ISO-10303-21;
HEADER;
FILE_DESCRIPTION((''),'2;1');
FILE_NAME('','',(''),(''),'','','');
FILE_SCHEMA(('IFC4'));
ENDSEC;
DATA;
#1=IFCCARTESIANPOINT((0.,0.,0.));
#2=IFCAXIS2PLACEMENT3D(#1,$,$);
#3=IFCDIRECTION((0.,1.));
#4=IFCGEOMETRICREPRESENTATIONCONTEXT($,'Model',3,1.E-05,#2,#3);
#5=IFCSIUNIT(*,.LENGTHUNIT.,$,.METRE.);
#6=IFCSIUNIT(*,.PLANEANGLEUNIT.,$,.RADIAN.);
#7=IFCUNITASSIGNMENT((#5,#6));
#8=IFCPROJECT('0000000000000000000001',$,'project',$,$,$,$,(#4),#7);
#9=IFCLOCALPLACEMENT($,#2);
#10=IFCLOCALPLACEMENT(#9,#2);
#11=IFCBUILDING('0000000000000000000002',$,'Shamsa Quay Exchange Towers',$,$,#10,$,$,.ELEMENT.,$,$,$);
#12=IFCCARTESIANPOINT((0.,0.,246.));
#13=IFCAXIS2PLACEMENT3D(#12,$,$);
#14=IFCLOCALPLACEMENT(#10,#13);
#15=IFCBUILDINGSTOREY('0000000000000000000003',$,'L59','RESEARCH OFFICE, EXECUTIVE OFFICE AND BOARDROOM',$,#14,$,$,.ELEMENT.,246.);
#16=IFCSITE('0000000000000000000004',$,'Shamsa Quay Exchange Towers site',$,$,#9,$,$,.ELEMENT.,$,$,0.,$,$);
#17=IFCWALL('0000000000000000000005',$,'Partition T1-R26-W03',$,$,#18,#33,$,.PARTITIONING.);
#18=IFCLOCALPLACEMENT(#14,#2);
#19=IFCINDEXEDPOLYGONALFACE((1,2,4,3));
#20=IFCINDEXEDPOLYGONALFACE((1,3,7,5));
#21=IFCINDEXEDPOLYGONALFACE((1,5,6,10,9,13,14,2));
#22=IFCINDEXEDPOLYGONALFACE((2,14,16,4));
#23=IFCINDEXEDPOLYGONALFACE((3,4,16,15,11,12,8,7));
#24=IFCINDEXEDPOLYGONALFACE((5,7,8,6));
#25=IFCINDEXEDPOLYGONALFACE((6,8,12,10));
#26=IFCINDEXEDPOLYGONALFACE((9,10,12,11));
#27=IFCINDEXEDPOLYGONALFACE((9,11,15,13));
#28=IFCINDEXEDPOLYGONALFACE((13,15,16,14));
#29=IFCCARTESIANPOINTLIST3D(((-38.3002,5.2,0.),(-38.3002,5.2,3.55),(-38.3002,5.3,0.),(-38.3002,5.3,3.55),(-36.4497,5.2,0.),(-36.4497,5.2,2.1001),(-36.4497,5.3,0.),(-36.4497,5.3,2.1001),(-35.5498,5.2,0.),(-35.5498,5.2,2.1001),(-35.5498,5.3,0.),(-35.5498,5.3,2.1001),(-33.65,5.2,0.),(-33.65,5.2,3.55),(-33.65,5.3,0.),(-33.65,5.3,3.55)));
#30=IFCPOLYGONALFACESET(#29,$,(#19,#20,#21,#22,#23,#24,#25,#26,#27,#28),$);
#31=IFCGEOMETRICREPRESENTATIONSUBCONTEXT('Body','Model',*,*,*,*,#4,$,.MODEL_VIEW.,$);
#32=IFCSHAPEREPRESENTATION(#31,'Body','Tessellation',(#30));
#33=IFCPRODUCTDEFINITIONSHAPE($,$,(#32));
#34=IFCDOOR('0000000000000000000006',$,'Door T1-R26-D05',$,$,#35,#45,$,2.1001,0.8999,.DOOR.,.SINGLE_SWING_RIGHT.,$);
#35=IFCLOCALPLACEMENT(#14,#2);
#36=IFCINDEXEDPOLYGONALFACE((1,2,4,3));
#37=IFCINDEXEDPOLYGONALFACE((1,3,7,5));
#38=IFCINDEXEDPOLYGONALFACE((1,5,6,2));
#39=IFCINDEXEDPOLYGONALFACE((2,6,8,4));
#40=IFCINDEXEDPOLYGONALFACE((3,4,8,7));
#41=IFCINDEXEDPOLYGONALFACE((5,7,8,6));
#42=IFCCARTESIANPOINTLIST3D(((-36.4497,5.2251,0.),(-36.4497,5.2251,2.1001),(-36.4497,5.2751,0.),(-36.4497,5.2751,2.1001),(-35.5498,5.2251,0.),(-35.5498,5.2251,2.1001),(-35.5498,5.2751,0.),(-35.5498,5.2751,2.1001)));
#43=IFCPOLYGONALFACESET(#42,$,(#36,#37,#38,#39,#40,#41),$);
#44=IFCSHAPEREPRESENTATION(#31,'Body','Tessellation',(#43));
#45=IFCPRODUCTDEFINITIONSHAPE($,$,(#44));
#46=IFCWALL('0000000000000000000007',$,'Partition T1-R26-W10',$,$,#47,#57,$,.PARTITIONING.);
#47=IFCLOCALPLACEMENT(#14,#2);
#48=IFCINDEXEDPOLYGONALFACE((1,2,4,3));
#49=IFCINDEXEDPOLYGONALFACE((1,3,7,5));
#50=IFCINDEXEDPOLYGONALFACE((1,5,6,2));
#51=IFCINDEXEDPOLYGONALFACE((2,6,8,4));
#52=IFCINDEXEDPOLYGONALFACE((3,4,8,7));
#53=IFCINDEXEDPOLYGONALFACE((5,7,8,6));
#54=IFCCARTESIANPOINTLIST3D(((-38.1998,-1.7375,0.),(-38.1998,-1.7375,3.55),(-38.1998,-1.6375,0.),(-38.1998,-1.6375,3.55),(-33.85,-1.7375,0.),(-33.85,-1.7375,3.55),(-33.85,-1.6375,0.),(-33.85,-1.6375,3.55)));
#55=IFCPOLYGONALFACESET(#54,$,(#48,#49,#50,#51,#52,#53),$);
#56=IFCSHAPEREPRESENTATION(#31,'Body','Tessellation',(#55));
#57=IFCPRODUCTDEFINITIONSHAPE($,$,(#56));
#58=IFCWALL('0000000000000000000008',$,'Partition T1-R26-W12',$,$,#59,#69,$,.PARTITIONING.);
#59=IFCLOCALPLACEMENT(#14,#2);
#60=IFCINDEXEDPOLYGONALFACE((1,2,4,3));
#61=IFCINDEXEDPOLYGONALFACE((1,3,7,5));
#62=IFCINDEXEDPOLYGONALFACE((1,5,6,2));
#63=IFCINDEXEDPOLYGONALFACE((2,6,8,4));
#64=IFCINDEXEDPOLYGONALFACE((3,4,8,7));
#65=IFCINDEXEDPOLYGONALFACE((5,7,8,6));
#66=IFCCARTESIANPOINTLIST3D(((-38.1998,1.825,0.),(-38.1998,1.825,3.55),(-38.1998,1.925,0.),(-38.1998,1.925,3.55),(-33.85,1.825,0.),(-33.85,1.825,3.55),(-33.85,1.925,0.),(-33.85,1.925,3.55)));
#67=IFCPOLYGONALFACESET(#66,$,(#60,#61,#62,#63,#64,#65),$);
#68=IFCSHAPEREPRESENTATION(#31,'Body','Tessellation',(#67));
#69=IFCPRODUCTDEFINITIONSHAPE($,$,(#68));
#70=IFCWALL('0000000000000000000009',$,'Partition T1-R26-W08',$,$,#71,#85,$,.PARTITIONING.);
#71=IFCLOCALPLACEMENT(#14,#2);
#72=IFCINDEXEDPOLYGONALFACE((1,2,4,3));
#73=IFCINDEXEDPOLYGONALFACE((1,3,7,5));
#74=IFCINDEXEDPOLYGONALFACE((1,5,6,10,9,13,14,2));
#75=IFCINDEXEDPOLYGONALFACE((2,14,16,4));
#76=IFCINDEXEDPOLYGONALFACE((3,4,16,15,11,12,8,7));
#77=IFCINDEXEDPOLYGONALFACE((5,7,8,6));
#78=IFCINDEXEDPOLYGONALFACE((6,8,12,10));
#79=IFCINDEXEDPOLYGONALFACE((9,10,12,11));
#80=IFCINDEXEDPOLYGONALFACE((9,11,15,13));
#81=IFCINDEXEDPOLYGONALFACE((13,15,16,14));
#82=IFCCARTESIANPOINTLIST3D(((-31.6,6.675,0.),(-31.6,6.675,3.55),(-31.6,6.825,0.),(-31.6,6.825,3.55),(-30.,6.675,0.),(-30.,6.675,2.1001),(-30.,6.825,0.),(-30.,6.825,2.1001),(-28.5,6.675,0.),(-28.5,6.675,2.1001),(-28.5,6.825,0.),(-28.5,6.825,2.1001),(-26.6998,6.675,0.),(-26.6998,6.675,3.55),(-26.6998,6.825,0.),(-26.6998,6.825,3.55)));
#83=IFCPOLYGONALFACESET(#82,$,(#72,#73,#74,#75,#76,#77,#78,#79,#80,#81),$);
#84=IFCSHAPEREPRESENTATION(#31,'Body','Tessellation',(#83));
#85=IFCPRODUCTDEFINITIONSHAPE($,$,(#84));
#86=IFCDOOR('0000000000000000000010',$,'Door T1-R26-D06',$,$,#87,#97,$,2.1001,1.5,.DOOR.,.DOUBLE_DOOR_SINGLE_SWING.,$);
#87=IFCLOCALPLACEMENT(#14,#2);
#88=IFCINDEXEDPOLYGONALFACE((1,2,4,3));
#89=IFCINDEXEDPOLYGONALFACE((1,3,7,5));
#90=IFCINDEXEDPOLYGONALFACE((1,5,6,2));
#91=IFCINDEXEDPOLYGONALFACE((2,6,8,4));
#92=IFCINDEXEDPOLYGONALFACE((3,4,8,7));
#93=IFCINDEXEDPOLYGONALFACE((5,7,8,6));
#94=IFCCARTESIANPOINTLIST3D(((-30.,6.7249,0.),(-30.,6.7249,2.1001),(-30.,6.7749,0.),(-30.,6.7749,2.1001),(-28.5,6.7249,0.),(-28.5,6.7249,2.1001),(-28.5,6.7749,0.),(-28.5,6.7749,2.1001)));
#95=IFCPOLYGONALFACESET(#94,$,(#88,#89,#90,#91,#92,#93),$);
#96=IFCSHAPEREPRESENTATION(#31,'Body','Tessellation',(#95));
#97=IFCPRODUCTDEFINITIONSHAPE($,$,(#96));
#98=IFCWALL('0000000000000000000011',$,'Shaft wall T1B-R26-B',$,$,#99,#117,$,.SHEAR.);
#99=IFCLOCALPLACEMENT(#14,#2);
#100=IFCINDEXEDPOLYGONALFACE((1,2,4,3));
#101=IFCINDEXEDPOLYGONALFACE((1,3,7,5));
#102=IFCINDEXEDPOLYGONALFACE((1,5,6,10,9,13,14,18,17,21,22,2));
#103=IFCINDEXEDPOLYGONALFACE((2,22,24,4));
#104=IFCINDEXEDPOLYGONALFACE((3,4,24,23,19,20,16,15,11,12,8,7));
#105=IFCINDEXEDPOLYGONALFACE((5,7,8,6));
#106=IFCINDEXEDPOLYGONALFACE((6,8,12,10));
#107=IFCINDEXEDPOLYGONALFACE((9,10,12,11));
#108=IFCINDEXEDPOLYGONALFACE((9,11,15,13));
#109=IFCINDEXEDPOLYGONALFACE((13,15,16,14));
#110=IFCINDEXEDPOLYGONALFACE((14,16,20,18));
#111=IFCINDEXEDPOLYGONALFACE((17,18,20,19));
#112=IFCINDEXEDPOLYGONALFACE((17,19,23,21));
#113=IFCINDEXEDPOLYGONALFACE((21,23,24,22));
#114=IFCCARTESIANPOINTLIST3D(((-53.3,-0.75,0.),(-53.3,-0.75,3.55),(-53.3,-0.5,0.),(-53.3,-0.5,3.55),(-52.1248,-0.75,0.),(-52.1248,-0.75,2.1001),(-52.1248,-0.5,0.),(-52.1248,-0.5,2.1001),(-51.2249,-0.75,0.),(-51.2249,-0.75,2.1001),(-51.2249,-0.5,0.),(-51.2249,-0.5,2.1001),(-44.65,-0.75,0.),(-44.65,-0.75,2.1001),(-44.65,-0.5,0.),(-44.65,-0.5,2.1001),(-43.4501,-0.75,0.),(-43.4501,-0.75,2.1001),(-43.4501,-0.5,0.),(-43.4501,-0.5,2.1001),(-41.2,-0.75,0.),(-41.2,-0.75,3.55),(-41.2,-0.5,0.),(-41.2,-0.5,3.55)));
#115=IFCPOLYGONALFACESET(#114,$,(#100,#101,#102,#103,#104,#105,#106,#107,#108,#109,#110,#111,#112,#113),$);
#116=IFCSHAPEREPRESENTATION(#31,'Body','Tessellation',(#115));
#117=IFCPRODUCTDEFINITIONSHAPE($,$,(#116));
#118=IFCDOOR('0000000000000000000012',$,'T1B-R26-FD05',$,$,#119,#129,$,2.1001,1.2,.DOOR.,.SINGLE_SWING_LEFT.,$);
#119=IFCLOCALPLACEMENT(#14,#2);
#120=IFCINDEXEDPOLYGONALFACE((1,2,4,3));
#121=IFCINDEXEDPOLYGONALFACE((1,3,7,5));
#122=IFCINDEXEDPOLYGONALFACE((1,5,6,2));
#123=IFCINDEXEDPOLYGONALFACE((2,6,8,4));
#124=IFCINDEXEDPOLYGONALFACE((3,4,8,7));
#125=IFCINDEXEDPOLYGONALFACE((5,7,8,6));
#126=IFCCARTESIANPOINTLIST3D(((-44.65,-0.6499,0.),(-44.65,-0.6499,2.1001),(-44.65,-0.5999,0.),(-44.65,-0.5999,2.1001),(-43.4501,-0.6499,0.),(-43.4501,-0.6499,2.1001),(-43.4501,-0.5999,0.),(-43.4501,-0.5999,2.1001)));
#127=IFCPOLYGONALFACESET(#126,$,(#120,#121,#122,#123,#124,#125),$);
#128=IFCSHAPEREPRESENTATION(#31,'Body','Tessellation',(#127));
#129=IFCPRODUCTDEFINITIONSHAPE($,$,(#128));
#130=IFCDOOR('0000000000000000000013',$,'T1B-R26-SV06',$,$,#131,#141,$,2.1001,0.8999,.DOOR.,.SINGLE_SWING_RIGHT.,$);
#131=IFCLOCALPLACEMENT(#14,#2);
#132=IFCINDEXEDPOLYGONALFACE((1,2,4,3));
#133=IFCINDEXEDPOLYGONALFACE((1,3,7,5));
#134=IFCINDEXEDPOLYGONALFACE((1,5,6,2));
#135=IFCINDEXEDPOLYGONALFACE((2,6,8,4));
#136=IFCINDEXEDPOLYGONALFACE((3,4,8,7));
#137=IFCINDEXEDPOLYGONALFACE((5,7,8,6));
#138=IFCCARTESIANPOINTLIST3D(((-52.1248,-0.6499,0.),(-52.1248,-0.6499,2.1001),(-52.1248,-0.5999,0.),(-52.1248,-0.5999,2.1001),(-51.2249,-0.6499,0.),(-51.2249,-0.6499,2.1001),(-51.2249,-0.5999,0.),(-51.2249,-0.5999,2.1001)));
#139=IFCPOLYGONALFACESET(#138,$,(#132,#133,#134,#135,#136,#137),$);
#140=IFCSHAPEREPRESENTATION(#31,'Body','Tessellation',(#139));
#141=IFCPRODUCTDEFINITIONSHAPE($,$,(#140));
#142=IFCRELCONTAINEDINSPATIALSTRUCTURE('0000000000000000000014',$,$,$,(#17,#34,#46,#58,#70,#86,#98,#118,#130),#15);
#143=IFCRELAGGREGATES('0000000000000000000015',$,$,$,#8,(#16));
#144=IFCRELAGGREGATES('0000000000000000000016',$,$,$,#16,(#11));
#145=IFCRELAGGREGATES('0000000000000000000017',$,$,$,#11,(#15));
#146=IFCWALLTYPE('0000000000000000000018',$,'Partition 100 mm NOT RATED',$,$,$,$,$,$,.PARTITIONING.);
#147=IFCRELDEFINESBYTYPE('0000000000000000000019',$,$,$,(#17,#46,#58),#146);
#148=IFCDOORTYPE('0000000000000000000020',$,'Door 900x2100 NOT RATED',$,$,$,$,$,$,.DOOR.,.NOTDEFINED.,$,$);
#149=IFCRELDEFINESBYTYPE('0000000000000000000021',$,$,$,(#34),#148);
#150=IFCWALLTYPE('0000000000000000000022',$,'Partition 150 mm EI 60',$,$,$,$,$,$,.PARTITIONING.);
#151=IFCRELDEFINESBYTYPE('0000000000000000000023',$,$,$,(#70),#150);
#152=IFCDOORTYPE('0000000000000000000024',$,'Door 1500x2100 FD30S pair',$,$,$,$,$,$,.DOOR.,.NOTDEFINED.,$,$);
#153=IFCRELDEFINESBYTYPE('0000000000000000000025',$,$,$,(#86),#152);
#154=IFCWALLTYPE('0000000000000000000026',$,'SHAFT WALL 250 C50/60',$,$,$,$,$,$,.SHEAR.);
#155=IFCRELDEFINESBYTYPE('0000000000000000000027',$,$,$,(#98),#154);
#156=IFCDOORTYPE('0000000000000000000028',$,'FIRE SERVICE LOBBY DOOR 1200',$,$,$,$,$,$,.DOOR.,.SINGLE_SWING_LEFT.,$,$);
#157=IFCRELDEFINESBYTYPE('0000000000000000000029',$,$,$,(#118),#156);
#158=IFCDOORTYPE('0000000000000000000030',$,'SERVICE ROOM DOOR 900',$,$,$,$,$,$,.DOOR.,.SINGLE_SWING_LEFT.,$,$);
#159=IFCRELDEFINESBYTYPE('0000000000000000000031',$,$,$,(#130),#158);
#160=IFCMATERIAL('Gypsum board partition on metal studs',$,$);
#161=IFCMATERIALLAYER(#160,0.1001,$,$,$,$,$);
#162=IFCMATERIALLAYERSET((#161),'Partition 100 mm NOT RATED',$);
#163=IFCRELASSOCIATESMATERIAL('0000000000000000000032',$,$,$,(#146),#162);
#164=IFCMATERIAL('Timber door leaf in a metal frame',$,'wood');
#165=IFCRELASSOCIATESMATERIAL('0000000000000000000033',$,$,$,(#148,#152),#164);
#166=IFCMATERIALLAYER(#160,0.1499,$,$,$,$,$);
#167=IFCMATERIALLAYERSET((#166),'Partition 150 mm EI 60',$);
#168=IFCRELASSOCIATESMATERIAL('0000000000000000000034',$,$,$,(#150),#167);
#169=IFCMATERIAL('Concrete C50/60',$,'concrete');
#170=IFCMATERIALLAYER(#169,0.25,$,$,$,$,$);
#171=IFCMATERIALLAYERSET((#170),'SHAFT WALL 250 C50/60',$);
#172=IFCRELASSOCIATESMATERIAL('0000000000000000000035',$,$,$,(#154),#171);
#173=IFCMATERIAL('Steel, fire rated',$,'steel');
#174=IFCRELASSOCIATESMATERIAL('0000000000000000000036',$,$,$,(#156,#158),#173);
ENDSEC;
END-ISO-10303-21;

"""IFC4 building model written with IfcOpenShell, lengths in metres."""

from ifc_helpers import new_model, si_unit, direction, frame, frame_2d, origin, place, context, subcontext, project, spatial, rectangle, extrude, material, layer, layer_set, type_object, element, fill, save


model = new_model("IFC4")

# Units and contexts
model_context = context("Model", 3, precision=1e-05, world=origin(), true_north=direction((0.0, 1.0)))
body_context = subcontext(model_context, "Body", "Model", "MODEL_VIEW")
ifc_project = project(units=[si_unit("LENGTHUNIT", "METRE"), si_unit("PLANEANGLEUNIT", "RADIAN")], contexts=[model_context])

# Site, building, storey
site_placement = place(None, origin())
site = spatial("IfcSite", under=ifc_project, at=site_placement, Name="Shamsa Quay Exchange Towers site", CompositionType="ELEMENT", RefElevation=0.0)
building_placement = place(site_placement, origin())
building = spatial("IfcBuilding", under=site, at=building_placement, Name="Shamsa Quay Exchange Towers", CompositionType="ELEMENT")
storey_placement = place(building_placement, frame((0.0, 0.0, 246.0)))
storey = spatial("IfcBuildingStorey", under=building, at=storey_placement, Name="L59", Description="RESEARCH OFFICE, EXECUTIVE OFFICE AND BOARDROOM", CompositionType="ELEMENT", Elevation=246.0)

# Shared definitions
ifc_material_1 = material(Name="Timber door leaf in a metal frame", Category="wood")

# Wall, opening, door
ifc_material_2 = material(Name="Gypsum board partition on metal studs")
ifc_layer_1 = layer(ifc_material_2, 0.1001)
ifc_layer_set_1 = layer_set([ifc_layer_1], Name="Partition 100 mm NOT RATED")
wall_type_1 = type_object("IfcWallType", Name="Partition 100 mm NOT RATED", PredefinedType="PARTITIONING", material=ifc_layer_set_1)
door_type_1 = type_object("IfcDoorType", Name="Door 900x2100 NOT RATED", OperationType="NOTDEFINED", PredefinedType="DOOR", material=ifc_material_1)
wall_1_placement = place(storey_placement, frame((-33.6499, 5.25, 0.0), z_axis=(0.0, 0.0, 1.0), x_axis=(-1.0, 0.0, 0.0)))
wall_1 = element("IfcWall", 1, at=wall_1_placement, inside=storey, type_object=wall_type_1, Name="Partition T1-R26-W03", PredefinedType="PARTITIONING", context=body_context, shape_type="SweptSolid", body=[
    extrude(rectangle(XDim=4.6501, YDim=0.1001, at=frame_2d((2.3252, 0.0))), origin(), (0.0, 0.0, 1.0), 3.55),
])
opening_1_placement = place(wall_1_placement, frame((1.8999, 0.0, 0.0)))
opening_1 = element("IfcOpeningElement", 2, at=opening_1_placement, cuts=wall_1, PredefinedType="OPENING", context=body_context, shape_type="SweptSolid", body=[
    extrude(rectangle(XDim=0.8999, YDim=2.1001, at=frame_2d((0.45, 1.05))), frame((0.0, 0.0601, 0.0), z_axis=(0.0, -1.0, 0.0), x_axis=(1.0, 0.0, 0.0)), (0.0, 0.0, 1.0), 0.1201),
])
door_1_placement = place(opening_1_placement, origin())
door_1 = element("IfcDoor", 3, at=door_1_placement, inside=storey, type_object=door_type_1, Name="Door T1-R26-D05", OperationType="SINGLE_SWING_RIGHT", OverallHeight=2.1001, OverallWidth=0.8999, PredefinedType="DOOR", context=body_context, shape_type="SweptSolid", body=[
    extrude(rectangle(XDim=0.8999, YDim=2.1001, at=frame_2d((0.45, 1.05))), frame((0.0, 0.0249, 0.0), z_axis=(0.0, -1.0, 0.0), x_axis=(1.0, 0.0, 0.0)), (0.0, 0.0, 1.0), 0.05),
])
fill(opening_1, door_1)

# Walls
for number, where, z_axis, x_axis, name in (
    (4, (-33.8501, -1.6875, 0.0), (0.0, 0.0, 1.0), (-1.0, 0.0, 0.0), "Partition T1-R26-W10"),
    (5, (-33.8501, 1.875, 0.0), (0.0, 0.0, 1.0), (-1.0, 0.0, 0.0), "Partition T1-R26-W12"),
):
    element("IfcWall", number, at=place(storey_placement, frame(where, z_axis=z_axis, x_axis=x_axis)), inside=storey, type_object=wall_type_1, Name=name, PredefinedType="PARTITIONING", context=body_context, shape_type="SweptSolid", body=[
        extrude(rectangle(XDim=4.3499, YDim=0.1001, at=frame_2d((2.1748, 0.0))), origin(), (0.0, 0.0, 1.0), 3.55),
    ])

# Wall, opening, door
ifc_layer_2 = layer(ifc_material_2, 0.1499)
ifc_layer_set_2 = layer_set([ifc_layer_2], Name="Partition 150 mm EI 60")
wall_type_2 = type_object("IfcWallType", Name="Partition 150 mm EI 60", PredefinedType="PARTITIONING", material=ifc_layer_set_2)
wall_2_placement = place(storey_placement, frame((-31.6001, 6.75, 0.0)))
wall_2 = element("IfcWall", 6, at=wall_2_placement, inside=storey, type_object=wall_type_2, Name="Partition T1-R26-W08", PredefinedType="PARTITIONING", context=body_context, shape_type="SweptSolid", body=[
    extrude(rectangle(XDim=4.9001, YDim=0.1499, at=frame_2d((2.4502, 0.0))), origin(), (0.0, 0.0, 1.0), 3.55),
])
opening_2_placement = place(wall_2_placement, frame((1.6001, 0.0, 0.0)))
opening_2 = element("IfcOpeningElement", 7, at=opening_2_placement, cuts=wall_2, PredefinedType="OPENING", context=body_context, shape_type="SweptSolid", body=[
    extrude(rectangle(XDim=1.5, YDim=2.1001, at=frame_2d((0.75, 1.05))), frame((0.0, 0.085, 0.0), z_axis=(0.0, -1.0, 0.0), x_axis=(1.0, 0.0, 0.0)), (0.0, 0.0, 1.0), 0.1699),
])
door_type_2 = type_object("IfcDoorType", Name="Door 1500x2100 FD30S pair", OperationType="NOTDEFINED", PredefinedType="DOOR", material=ifc_material_1)
door_2_placement = place(opening_2_placement, origin())
door_2 = element("IfcDoor", 8, at=door_2_placement, inside=storey, type_object=door_type_2, Name="Door T1-R26-D06", OperationType="DOUBLE_DOOR_SINGLE_SWING", OverallHeight=2.1001, OverallWidth=1.5, PredefinedType="DOOR", context=body_context, shape_type="SweptSolid", body=[
    extrude(rectangle(XDim=1.5, YDim=2.1001, at=frame_2d((0.75, 1.05))), frame((0.0, 0.0249, 0.0), z_axis=(0.0, -1.0, 0.0), x_axis=(1.0, 0.0, 0.0)), (0.0, 0.0, 1.0), 0.05),
])
fill(opening_2, door_2)

# Wall, openings, doors
ifc_material_3 = material(Name="Concrete C50/60", Category="concrete")
ifc_layer_3 = layer(ifc_material_3, 0.25)
ifc_layer_set_3 = layer_set([ifc_layer_3], Name="SHAFT WALL 250 C50/60")
wall_type_3 = type_object("IfcWallType", Name="SHAFT WALL 250 C50/60", PredefinedType="SHEAR", material=ifc_layer_set_3)
wall_3_placement = place(storey_placement, frame((-41.2, -0.625, 0.0), z_axis=(0.0, 0.0, 1.0), x_axis=(-1.0, 0.0, 0.0)))
wall_3 = element("IfcWall", 9, at=wall_3_placement, inside=storey, type_object=wall_type_3, Name="Shaft wall T1B-R26-B", PredefinedType="SHEAR", context=body_context, shape_type="SweptSolid", body=[
    extrude(rectangle(XDim=12.1001, YDim=0.25, at=frame_2d((6.05, 0.0))), origin(), (0.0, 0.0, 1.0), 3.55),
])
opening_3_placement = place(wall_3_placement, frame((2.25, 0.0, 0.0)))
opening_3 = element("IfcOpeningElement", 10, at=opening_3_placement, cuts=wall_3, PredefinedType="OPENING", context=body_context, shape_type="SweptSolid", body=[
    extrude(rectangle(XDim=1.2, YDim=2.1001, at=frame_2d((0.6001, 1.05))), frame((0.0, 0.135, 0.0), z_axis=(0.0, -1.0, 0.0), x_axis=(1.0, 0.0, 0.0)), (0.0, 0.0, 1.0), 0.27),
])
opening_4_placement = place(wall_3_placement, frame((10.0249, 0.0, 0.0)))
opening_4 = element("IfcOpeningElement", 11, at=opening_4_placement, cuts=wall_3, PredefinedType="OPENING", context=body_context, shape_type="SweptSolid", body=[
    extrude(rectangle(XDim=0.8999, YDim=2.1001, at=frame_2d((0.45, 1.05))), frame((0.0, 0.135, 0.0), z_axis=(0.0, -1.0, 0.0), x_axis=(1.0, 0.0, 0.0)), (0.0, 0.0, 1.0), 0.27),
])
ifc_material_4 = material(Name="Steel, fire rated", Category="steel")
door_type_3 = type_object("IfcDoorType", Name="FIRE SERVICE LOBBY DOOR 1200", OperationType="SINGLE_SWING_LEFT", PredefinedType="DOOR", material=ifc_material_4)
door_3_placement = place(opening_3_placement, origin())
door_3 = element("IfcDoor", 12, at=door_3_placement, inside=storey, type_object=door_type_3, Name="T1B-R26-FD05", OperationType="SINGLE_SWING_LEFT", OverallHeight=2.1001, OverallWidth=1.2, PredefinedType="DOOR", context=body_context, shape_type="SweptSolid", body=[
    extrude(rectangle(XDim=1.2, YDim=2.1001, at=frame_2d((0.6001, 1.05))), frame((0.0, 0.0249, 0.0), z_axis=(0.0, -1.0, 0.0), x_axis=(1.0, 0.0, 0.0)), (0.0, 0.0, 1.0), 0.05),
])
fill(opening_3, door_3)
door_type_4 = type_object("IfcDoorType", Name="SERVICE ROOM DOOR 900", OperationType="SINGLE_SWING_LEFT", PredefinedType="DOOR", material=ifc_material_4)
door_4_placement = place(opening_4_placement, origin())
door_4 = element("IfcDoor", 13, at=door_4_placement, inside=storey, type_object=door_type_4, Name="T1B-R26-SV06", OperationType="SINGLE_SWING_RIGHT", OverallHeight=2.1001, OverallWidth=0.8999, PredefinedType="DOOR", context=body_context, shape_type="SweptSolid", body=[
    extrude(rectangle(XDim=0.8999, YDim=2.1001, at=frame_2d((0.45, 1.05))), frame((0.0, 0.0249, 0.0), z_axis=(0.0, -1.0, 0.0), x_axis=(1.0, 0.0, 0.0)), (0.0, 0.0, 1.0), 0.05),
])
fill(opening_4, door_4)

save(model, "model.ifc")
